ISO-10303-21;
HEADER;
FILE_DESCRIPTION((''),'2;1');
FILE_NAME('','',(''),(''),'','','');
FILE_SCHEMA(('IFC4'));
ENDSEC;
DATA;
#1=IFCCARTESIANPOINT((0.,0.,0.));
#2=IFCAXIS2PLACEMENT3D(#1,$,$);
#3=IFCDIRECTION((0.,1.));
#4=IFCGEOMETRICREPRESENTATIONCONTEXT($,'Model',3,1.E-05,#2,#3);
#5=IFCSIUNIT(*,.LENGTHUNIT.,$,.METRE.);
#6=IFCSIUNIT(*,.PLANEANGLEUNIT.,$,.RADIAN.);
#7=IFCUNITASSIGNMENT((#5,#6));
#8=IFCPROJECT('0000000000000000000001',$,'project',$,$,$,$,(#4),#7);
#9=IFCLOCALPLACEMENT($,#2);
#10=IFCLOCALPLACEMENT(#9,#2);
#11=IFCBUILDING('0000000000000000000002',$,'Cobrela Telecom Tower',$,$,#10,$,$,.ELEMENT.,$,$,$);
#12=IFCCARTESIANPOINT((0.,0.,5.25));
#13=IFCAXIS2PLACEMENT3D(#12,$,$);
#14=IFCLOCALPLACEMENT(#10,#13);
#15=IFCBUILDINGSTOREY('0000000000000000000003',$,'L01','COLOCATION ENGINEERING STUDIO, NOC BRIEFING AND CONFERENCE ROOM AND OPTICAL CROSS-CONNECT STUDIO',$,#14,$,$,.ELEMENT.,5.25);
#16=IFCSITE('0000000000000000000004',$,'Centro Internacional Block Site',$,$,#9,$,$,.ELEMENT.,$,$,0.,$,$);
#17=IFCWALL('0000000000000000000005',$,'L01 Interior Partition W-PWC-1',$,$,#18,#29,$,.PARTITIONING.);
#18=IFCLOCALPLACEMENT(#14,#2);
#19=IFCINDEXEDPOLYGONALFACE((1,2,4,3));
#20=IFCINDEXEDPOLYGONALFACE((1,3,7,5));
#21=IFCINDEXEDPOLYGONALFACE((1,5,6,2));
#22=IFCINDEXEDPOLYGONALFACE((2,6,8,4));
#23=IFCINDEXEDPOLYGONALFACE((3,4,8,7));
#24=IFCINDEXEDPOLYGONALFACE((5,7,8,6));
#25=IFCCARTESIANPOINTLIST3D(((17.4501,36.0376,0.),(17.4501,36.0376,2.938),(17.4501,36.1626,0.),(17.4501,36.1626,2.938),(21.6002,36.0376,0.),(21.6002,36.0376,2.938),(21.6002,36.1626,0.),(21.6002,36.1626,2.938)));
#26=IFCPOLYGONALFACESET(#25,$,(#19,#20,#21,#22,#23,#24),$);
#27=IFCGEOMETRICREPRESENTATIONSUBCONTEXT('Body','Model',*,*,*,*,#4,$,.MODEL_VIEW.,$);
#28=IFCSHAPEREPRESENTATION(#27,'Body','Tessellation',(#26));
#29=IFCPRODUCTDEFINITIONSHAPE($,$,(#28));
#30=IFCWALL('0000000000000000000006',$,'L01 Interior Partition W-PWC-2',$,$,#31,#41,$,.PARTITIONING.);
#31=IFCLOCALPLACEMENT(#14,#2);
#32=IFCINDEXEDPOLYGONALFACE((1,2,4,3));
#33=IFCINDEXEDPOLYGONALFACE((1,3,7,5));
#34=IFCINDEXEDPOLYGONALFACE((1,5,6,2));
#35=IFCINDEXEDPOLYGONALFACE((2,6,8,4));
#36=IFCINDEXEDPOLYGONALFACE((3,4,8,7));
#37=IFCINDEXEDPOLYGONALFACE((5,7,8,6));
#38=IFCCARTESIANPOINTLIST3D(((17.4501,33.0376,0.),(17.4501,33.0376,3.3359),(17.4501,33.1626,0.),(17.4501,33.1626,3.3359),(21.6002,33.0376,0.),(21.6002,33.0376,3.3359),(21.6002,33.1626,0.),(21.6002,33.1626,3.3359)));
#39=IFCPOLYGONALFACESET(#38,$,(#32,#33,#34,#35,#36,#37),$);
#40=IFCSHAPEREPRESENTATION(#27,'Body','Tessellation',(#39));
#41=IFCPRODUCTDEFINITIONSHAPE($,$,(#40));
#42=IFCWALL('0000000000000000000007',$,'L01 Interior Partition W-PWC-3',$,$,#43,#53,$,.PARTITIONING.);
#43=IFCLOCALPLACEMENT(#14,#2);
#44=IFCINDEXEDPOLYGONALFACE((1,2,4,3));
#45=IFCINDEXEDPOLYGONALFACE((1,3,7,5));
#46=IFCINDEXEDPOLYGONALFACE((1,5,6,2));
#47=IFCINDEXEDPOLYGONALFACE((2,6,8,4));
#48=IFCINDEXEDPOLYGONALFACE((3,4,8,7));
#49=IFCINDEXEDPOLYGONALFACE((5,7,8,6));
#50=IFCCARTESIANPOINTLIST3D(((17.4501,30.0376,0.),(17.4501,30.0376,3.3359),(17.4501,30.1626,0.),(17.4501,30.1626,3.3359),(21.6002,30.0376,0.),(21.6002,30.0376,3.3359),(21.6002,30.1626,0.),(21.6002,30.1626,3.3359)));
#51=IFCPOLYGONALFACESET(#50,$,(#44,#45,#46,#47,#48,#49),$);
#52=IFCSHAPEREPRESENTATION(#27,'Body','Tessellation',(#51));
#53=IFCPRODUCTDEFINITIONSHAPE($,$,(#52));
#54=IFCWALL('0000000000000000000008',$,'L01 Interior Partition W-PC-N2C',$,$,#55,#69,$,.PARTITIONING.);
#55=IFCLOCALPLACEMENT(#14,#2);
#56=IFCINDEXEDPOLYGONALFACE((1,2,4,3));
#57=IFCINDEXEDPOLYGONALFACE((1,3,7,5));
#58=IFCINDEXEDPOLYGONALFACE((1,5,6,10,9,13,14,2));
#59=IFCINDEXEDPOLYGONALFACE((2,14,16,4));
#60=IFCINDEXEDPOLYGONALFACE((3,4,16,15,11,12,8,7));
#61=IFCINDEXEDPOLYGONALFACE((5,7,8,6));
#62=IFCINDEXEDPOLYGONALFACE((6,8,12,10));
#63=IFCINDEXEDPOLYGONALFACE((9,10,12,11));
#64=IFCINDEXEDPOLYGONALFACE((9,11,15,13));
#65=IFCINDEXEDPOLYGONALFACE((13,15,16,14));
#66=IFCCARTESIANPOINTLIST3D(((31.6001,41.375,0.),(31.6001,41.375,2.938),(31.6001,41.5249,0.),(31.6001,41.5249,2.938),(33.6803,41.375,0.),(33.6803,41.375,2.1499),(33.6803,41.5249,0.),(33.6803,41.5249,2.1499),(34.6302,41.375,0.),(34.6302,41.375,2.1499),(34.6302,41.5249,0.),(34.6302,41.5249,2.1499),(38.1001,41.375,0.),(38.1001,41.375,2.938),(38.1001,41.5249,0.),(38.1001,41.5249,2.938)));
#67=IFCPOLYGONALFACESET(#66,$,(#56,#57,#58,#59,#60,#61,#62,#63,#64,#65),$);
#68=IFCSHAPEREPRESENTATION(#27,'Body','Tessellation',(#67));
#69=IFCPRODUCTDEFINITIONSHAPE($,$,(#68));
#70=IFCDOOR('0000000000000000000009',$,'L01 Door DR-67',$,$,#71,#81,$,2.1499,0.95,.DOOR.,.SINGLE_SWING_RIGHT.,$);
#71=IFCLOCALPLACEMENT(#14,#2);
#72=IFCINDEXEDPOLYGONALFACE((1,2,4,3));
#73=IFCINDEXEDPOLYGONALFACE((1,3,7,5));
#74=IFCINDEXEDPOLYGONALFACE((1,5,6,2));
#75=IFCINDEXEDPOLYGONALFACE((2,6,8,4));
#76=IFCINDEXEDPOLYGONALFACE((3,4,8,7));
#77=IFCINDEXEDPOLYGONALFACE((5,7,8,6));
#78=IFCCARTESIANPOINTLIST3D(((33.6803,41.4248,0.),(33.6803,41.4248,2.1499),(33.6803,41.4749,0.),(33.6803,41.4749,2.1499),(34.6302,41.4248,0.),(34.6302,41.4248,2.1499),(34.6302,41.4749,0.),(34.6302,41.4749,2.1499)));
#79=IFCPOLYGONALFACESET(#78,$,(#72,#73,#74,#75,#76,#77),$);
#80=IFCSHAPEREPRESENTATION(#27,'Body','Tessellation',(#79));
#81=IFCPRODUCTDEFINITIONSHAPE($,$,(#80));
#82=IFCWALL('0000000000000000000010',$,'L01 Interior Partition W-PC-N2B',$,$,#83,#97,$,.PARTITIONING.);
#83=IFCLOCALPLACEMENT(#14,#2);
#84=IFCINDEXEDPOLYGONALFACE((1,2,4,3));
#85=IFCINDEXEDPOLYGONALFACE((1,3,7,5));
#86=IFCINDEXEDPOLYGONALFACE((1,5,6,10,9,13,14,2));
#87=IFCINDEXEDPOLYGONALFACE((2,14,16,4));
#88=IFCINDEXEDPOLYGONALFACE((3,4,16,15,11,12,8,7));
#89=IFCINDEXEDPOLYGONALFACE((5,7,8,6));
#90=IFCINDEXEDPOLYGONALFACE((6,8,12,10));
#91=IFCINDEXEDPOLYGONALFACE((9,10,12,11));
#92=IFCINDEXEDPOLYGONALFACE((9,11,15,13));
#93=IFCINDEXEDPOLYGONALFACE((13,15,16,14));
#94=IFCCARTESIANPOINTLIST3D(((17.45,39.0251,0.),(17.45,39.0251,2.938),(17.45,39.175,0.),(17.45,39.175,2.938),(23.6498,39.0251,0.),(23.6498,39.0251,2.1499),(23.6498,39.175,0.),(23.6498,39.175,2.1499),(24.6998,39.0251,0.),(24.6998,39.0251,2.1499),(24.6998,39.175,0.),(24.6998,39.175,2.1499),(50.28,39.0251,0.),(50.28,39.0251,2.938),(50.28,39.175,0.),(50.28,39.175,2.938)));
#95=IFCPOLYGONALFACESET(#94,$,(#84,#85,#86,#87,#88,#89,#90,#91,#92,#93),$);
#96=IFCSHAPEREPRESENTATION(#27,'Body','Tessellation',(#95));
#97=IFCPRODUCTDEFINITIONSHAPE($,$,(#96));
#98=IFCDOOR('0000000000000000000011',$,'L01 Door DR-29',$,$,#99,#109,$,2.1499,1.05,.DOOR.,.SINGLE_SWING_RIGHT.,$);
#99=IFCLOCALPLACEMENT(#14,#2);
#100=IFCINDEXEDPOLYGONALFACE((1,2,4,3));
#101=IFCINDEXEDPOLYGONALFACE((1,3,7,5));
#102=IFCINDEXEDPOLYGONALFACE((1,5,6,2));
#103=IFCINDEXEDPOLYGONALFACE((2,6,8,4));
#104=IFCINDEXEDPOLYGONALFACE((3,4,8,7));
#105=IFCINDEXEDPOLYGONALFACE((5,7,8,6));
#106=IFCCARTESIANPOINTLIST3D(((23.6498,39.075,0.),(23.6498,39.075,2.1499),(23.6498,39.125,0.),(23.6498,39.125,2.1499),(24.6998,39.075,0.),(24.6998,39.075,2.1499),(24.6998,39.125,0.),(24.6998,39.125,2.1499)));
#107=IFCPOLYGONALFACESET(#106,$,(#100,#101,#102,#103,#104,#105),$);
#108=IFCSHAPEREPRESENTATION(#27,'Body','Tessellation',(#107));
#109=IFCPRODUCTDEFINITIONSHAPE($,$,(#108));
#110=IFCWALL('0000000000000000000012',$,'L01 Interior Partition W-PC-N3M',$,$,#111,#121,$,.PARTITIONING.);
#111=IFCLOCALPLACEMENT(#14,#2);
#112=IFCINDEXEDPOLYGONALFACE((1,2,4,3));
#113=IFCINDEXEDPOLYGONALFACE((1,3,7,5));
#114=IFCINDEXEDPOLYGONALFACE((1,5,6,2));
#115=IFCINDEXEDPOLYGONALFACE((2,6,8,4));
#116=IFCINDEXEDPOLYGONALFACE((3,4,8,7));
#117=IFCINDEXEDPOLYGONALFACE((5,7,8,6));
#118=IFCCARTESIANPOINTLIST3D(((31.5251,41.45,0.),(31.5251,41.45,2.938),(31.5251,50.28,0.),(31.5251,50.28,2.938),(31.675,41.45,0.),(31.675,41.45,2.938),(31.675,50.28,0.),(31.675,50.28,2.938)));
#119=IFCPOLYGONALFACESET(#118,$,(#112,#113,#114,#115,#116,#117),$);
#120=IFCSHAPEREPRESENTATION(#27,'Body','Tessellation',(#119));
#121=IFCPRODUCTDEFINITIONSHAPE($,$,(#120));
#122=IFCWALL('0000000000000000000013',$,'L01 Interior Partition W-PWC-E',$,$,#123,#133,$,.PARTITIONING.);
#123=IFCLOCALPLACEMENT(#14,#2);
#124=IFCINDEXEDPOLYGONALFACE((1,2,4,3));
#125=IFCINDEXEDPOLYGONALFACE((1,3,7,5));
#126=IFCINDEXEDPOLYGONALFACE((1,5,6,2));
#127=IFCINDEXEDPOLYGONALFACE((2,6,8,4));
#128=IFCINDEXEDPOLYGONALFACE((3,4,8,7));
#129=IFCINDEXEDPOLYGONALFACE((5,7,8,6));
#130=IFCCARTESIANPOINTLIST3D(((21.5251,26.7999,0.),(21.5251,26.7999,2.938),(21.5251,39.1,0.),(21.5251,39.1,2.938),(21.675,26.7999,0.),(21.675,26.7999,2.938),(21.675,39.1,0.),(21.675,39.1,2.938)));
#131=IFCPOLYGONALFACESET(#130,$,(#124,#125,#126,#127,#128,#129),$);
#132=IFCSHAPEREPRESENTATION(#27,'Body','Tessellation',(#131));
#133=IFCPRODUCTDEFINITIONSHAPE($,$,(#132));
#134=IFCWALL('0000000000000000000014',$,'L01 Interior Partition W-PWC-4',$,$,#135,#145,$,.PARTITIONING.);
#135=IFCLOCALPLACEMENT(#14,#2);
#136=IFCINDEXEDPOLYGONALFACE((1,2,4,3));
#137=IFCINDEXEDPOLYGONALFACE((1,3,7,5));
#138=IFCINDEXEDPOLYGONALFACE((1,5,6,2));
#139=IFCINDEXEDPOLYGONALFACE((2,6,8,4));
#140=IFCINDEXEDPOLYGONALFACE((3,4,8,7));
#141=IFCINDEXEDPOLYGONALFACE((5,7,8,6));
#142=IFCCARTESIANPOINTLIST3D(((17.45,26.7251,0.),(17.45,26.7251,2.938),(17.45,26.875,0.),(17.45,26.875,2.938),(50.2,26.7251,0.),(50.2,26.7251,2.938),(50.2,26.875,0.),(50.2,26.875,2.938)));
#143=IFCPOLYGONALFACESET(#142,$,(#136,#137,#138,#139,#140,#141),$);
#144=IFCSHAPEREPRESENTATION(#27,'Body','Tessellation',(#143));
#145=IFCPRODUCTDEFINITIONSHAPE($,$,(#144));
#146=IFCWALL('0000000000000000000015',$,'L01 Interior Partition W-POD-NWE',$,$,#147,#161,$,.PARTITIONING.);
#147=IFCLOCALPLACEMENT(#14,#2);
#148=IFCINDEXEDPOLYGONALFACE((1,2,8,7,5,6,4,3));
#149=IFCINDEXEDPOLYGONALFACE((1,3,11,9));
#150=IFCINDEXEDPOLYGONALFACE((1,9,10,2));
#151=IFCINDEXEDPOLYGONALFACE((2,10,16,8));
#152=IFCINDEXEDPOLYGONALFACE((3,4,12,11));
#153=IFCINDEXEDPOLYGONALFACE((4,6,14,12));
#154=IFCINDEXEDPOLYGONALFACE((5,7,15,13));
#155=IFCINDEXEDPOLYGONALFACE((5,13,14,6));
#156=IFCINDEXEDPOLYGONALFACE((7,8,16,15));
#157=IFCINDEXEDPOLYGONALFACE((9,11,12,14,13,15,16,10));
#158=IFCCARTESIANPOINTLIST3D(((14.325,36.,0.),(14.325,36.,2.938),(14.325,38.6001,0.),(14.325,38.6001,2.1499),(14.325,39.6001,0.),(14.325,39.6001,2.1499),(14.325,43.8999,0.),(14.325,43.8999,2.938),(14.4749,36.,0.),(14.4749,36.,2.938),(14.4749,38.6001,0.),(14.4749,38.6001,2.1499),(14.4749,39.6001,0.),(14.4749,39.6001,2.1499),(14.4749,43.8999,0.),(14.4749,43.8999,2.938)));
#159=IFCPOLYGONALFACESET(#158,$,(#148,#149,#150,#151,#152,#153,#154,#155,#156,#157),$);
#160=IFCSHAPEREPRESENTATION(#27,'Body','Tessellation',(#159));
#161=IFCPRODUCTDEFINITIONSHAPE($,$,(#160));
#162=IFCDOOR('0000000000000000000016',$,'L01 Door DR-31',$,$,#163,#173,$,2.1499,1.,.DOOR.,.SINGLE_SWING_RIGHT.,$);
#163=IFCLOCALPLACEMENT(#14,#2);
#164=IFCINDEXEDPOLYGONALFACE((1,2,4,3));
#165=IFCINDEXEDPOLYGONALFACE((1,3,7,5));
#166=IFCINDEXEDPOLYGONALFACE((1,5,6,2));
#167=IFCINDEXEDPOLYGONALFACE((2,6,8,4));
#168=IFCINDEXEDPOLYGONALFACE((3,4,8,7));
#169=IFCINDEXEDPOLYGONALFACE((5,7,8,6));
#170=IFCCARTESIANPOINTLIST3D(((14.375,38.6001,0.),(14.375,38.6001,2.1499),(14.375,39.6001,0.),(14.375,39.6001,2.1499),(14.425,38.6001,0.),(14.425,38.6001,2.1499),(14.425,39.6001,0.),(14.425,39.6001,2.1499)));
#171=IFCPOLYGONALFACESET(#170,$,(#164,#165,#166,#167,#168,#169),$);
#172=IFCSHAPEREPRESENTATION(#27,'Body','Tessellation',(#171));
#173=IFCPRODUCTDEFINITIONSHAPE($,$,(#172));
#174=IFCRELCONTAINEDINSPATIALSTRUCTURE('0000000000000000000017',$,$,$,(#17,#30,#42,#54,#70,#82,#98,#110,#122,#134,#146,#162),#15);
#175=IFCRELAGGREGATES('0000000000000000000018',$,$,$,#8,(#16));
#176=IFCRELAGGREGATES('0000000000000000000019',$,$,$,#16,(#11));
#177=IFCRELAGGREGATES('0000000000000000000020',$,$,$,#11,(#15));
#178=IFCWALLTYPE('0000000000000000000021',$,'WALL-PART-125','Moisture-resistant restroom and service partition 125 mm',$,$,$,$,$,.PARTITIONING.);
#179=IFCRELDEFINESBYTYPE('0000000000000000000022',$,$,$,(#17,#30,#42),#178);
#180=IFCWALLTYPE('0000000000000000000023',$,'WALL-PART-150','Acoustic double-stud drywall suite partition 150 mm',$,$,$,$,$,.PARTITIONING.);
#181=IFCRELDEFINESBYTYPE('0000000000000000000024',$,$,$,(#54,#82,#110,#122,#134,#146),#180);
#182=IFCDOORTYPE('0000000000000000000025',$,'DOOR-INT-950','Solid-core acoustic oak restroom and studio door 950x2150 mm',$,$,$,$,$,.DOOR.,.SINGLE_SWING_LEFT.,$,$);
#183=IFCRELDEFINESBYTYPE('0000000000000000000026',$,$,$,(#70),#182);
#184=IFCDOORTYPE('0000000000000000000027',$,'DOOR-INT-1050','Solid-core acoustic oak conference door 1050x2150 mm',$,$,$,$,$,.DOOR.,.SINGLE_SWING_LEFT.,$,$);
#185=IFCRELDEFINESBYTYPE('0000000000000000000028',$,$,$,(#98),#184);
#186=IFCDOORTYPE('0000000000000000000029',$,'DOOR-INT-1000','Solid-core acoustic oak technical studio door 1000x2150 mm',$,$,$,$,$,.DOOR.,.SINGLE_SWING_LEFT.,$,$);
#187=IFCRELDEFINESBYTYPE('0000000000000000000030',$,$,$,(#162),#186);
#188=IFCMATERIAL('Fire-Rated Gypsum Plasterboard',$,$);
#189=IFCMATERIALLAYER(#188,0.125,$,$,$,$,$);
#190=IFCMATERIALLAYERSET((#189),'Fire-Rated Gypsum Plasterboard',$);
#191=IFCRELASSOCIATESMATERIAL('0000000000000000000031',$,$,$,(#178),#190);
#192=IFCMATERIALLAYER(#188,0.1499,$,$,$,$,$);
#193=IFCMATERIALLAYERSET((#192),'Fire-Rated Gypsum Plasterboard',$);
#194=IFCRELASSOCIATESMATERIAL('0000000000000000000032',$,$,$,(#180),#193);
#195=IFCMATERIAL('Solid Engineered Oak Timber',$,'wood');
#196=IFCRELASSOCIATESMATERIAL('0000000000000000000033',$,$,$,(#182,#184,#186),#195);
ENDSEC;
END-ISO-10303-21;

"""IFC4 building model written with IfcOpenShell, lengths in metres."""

from ifc_helpers import new_model, si_unit, direction, frame, frame_2d, origin, place, context, subcontext, project, spatial, rectangle, extrude, material, layer, layer_set, type_object, element, fill, save


model = new_model("IFC4")

# Units and contexts
model_context = context("Model", 3, precision=1e-05, world=origin(), true_north=direction((0.0, 1.0)))
body_context = subcontext(model_context, "Body", "Model", "MODEL_VIEW")
ifc_project = project(units=[si_unit("LENGTHUNIT", "METRE"), si_unit("PLANEANGLEUNIT", "RADIAN")], contexts=[model_context])

# Site, building, storey
site_placement = place(None, origin())
site = spatial("IfcSite", under=ifc_project, at=site_placement, Name="Centro Internacional Block Site", CompositionType="ELEMENT", RefElevation=0.0)
building_placement = place(site_placement, origin())
building = spatial("IfcBuilding", under=site, at=building_placement, Name="Cobrela Telecom Tower", CompositionType="ELEMENT")
storey_placement = place(building_placement, frame((0.0, 0.0, 5.25)))
storey = spatial("IfcBuildingStorey", under=building, at=storey_placement, Name="L01", Description="COLOCATION ENGINEERING STUDIO, NOC BRIEFING AND CONFERENCE ROOM AND OPTICAL CROSS-CONNECT STUDIO", CompositionType="ELEMENT", Elevation=5.25)

# Walls
ifc_material_1 = material(Name="Fire-Rated Gypsum Plasterboard")
ifc_layer_1 = layer(ifc_material_1, 0.125)
ifc_layer_set_1 = layer_set([ifc_layer_1], Name="Fire-Rated Gypsum Plasterboard")
wall_type_1 = type_object("IfcWallType", Name="WALL-PART-125", Description="Moisture-resistant restroom and service partition 125 mm", PredefinedType="PARTITIONING", material=ifc_layer_set_1)
wall_1_placement = place(storey_placement, frame((17.45, 36.1001, 0.0), z_axis=(0.0, 0.0, 1.0), x_axis=(1.0, 0.0, 0.0)))
element("IfcWall", 1, at=wall_1_placement, inside=storey, type_object=wall_type_1, Name="L01 Interior Partition W-PWC-1", PredefinedType="PARTITIONING", context=body_context, shape_type="SweptSolid", body=[
    extrude(rectangle(XDim=4.1501, YDim=0.125, at=frame_2d((2.0752, 0.0))), origin(), (0.0, 0.0, 1.0), 2.938),
])
for number, where, z_axis, x_axis, name in (
    (2, (17.45, 33.1001, 0.0), (0.0, 0.0, 1.0), (1.0, 0.0, 0.0), "L01 Interior Partition W-PWC-2"),
    (3, (17.45, 30.1001, 0.0), (0.0, 0.0, 1.0), (1.0, 0.0, 0.0), "L01 Interior Partition W-PWC-3"),
):
    element("IfcWall", number, at=place(storey_placement, frame(where, z_axis=z_axis, x_axis=x_axis)), inside=storey, type_object=wall_type_1, Name=name, PredefinedType="PARTITIONING", context=body_context, shape_type="SweptSolid", body=[
        extrude(rectangle(XDim=4.1501, YDim=0.125, at=frame_2d((2.0752, 0.0))), origin(), (0.0, 0.0, 1.0), 3.3359),
    ])

# Walls, openings, doors
ifc_layer_2 = layer(ifc_material_1, 0.1499)
ifc_layer_set_2 = layer_set([ifc_layer_2], Name="Fire-Rated Gypsum Plasterboard")
wall_type_2 = type_object("IfcWallType", Name="WALL-PART-150", Description="Acoustic double-stud drywall suite partition 150 mm", PredefinedType="PARTITIONING", material=ifc_layer_set_2)
wall_2_placement = place(storey_placement, frame((31.6001, 41.45, 0.0), z_axis=(0.0, 0.0, 1.0), x_axis=(1.0, 0.0, 0.0)))
wall_2 = element("IfcWall", 4, at=wall_2_placement, inside=storey, type_object=wall_type_2, Name="L01 Interior Partition W-PC-N2C", PredefinedType="PARTITIONING", context=body_context, shape_type="SweptSolid", body=[
    extrude(rectangle(XDim=6.5, YDim=0.1499, at=frame_2d((3.25, 0.0))), origin(), (0.0, 0.0, 1.0), 2.938),
])
opening_1_placement = place(wall_2_placement, frame((2.0801, 0.0, 0.0)))
opening_1 = element("IfcOpeningElement", 5, at=opening_1_placement, cuts=wall_2, PredefinedType="OPENING", context=body_context, shape_type="SweptSolid", body=[
    extrude(rectangle(XDim=0.95, YDim=2.1499, at=frame_2d((0.4751, 1.075))), frame((0.0, 0.0869, 0.0), z_axis=(0.0, -1.0, 0.0), x_axis=(1.0, 0.0, 0.0)), (0.0, 0.0, 1.0), 0.1738),
])
ifc_material_2 = material(Name="Solid Engineered Oak Timber", Category="wood")
door_type_1 = type_object("IfcDoorType", Name="DOOR-INT-950", Description="Solid-core acoustic oak restroom and studio door 950x2150 mm", OperationType="SINGLE_SWING_LEFT", PredefinedType="DOOR", material=ifc_material_2)
door_1_placement = place(opening_1_placement, origin())
door_1 = element("IfcDoor", 6, at=door_1_placement, inside=storey, type_object=door_type_1, Name="L01 Door DR-67", OperationType="SINGLE_SWING_RIGHT", OverallHeight=2.1499, OverallWidth=0.95, PredefinedType="DOOR", context=body_context, shape_type="SweptSolid", body=[
    extrude(rectangle(XDim=0.95, YDim=2.1499, at=frame_2d((0.4751, 1.075))), frame((0.0, 0.0249, 0.0), z_axis=(0.0, -1.0, 0.0), x_axis=(1.0, 0.0, 0.0)), (0.0, 0.0, 1.0), 0.05),
])
fill(opening_1, door_1)
wall_3_placement = place(storey_placement, frame((17.45, 39.1001, 0.0), z_axis=(0.0, 0.0, 1.0), x_axis=(1.0, 0.0, 0.0)))
wall_3 = element("IfcWall", 7, at=wall_3_placement, inside=storey, type_object=wall_type_2, Name="L01 Interior Partition W-PC-N2B", PredefinedType="PARTITIONING", context=body_context, shape_type="SweptSolid", body=[
    extrude(rectangle(XDim=32.8301, YDim=0.1499, at=frame_2d((16.415, 0.0))), origin(), (0.0, 0.0, 1.0), 2.938),
])
opening_2_placement = place(wall_3_placement, frame((6.2, 0.0, 0.0)))
opening_2 = element("IfcOpeningElement", 8, at=opening_2_placement, cuts=wall_3, PredefinedType="OPENING", context=body_context, shape_type="SweptSolid", body=[
    extrude(rectangle(XDim=1.05, YDim=2.1499, at=frame_2d((0.5249, 1.075))), frame((0.0, 0.0869, 0.0), z_axis=(0.0, -1.0, 0.0), x_axis=(1.0, 0.0, 0.0)), (0.0, 0.0, 1.0), 0.1738),
])
door_type_2 = type_object("IfcDoorType", Name="DOOR-INT-1050", Description="Solid-core acoustic oak conference door 1050x2150 mm", OperationType="SINGLE_SWING_LEFT", PredefinedType="DOOR", material=ifc_material_2)
door_2_placement = place(opening_2_placement, origin())
door_2 = element("IfcDoor", 9, at=door_2_placement, inside=storey, type_object=door_type_2, Name="L01 Door DR-29", OperationType="SINGLE_SWING_RIGHT", OverallHeight=2.1499, OverallWidth=1.05, PredefinedType="DOOR", context=body_context, shape_type="SweptSolid", body=[
    extrude(rectangle(XDim=1.05, YDim=2.1499, at=frame_2d((0.5249, 1.075))), frame((0.0, 0.0249, 0.0), z_axis=(0.0, -1.0, 0.0), x_axis=(1.0, 0.0, 0.0)), (0.0, 0.0, 1.0), 0.05),
])
fill(opening_2, door_2)

# Walls
wall_4_placement = place(storey_placement, frame((31.6001, 41.45, 0.0), z_axis=(0.0, 0.0, 1.0), x_axis=(0.0, 1.0, 0.0)))
element("IfcWall", 10, at=wall_4_placement, inside=storey, type_object=wall_type_2, Name="L01 Interior Partition W-PC-N3M", PredefinedType="PARTITIONING", context=body_context, shape_type="SweptSolid", body=[
    extrude(rectangle(XDim=8.8301, YDim=0.1499, at=frame_2d((4.415, 0.0))), origin(), (0.0, 0.0, 1.0), 2.938),
])
wall_5_placement = place(storey_placement, frame((21.6001, 26.8, 0.0), z_axis=(0.0, 0.0, 1.0), x_axis=(0.0, 1.0, 0.0)))
element("IfcWall", 11, at=wall_5_placement, inside=storey, type_object=wall_type_2, Name="L01 Interior Partition W-PWC-E", PredefinedType="PARTITIONING", context=body_context, shape_type="SweptSolid", body=[
    extrude(rectangle(XDim=12.3, YDim=0.1499, at=frame_2d((6.1499, 0.0))), origin(), (0.0, 0.0, 1.0), 2.938),
])
wall_6_placement = place(storey_placement, frame((17.45, 26.8, 0.0), z_axis=(0.0, 0.0, 1.0), x_axis=(1.0, 0.0, 0.0)))
element("IfcWall", 12, at=wall_6_placement, inside=storey, type_object=wall_type_2, Name="L01 Interior Partition W-PWC-4", PredefinedType="PARTITIONING", context=body_context, shape_type="SweptSolid", body=[
    extrude(rectangle(XDim=32.75, YDim=0.1499, at=frame_2d((16.375, 0.0))), origin(), (0.0, 0.0, 1.0), 2.938),
])

# Wall, opening, door
wall_7_placement = place(storey_placement, frame((14.3999, 36.0, 0.0), z_axis=(0.0, 0.0, 1.0), x_axis=(0.0, 1.0, 0.0)))
wall_7 = element("IfcWall", 13, at=wall_7_placement, inside=storey, type_object=wall_type_2, Name="L01 Interior Partition W-POD-NWE", PredefinedType="PARTITIONING", context=body_context, shape_type="SweptSolid", body=[
    extrude(rectangle(XDim=7.8999, YDim=0.1499, at=frame_2d((3.95, 0.0))), origin(), (0.0, 0.0, 1.0), 2.938),
])
opening_3_placement = place(wall_7_placement, frame((2.6001, 0.0, 0.0)))
opening_3 = element("IfcOpeningElement", 14, at=opening_3_placement, cuts=wall_7, PredefinedType="OPENING", context=body_context, shape_type="SweptSolid", body=[
    extrude(rectangle(XDim=1.0, YDim=2.1499, at=frame_2d((0.5, 1.075))), frame((0.0, 0.0869, 0.0), z_axis=(0.0, -1.0, 0.0), x_axis=(1.0, 0.0, 0.0)), (0.0, 0.0, 1.0), 0.1738),
])
door_type_3 = type_object("IfcDoorType", Name="DOOR-INT-1000", Description="Solid-core acoustic oak technical studio door 1000x2150 mm", OperationType="SINGLE_SWING_LEFT", PredefinedType="DOOR", material=ifc_material_2)
door_3_placement = place(opening_3_placement, origin())
door_3 = element("IfcDoor", 15, at=door_3_placement, inside=storey, type_object=door_type_3, Name="L01 Door DR-31", OperationType="SINGLE_SWING_RIGHT", OverallHeight=2.1499, OverallWidth=1.0, PredefinedType="DOOR", context=body_context, shape_type="SweptSolid", body=[
    extrude(rectangle(XDim=1.0, YDim=2.1499, at=frame_2d((0.5, 1.075))), frame((0.0, 0.0249, 0.0), z_axis=(0.0, -1.0, 0.0), x_axis=(1.0, 0.0, 0.0)), (0.0, 0.0, 1.0), 0.05),
])
fill(opening_3, door_3)

save(model, "model.ifc")
